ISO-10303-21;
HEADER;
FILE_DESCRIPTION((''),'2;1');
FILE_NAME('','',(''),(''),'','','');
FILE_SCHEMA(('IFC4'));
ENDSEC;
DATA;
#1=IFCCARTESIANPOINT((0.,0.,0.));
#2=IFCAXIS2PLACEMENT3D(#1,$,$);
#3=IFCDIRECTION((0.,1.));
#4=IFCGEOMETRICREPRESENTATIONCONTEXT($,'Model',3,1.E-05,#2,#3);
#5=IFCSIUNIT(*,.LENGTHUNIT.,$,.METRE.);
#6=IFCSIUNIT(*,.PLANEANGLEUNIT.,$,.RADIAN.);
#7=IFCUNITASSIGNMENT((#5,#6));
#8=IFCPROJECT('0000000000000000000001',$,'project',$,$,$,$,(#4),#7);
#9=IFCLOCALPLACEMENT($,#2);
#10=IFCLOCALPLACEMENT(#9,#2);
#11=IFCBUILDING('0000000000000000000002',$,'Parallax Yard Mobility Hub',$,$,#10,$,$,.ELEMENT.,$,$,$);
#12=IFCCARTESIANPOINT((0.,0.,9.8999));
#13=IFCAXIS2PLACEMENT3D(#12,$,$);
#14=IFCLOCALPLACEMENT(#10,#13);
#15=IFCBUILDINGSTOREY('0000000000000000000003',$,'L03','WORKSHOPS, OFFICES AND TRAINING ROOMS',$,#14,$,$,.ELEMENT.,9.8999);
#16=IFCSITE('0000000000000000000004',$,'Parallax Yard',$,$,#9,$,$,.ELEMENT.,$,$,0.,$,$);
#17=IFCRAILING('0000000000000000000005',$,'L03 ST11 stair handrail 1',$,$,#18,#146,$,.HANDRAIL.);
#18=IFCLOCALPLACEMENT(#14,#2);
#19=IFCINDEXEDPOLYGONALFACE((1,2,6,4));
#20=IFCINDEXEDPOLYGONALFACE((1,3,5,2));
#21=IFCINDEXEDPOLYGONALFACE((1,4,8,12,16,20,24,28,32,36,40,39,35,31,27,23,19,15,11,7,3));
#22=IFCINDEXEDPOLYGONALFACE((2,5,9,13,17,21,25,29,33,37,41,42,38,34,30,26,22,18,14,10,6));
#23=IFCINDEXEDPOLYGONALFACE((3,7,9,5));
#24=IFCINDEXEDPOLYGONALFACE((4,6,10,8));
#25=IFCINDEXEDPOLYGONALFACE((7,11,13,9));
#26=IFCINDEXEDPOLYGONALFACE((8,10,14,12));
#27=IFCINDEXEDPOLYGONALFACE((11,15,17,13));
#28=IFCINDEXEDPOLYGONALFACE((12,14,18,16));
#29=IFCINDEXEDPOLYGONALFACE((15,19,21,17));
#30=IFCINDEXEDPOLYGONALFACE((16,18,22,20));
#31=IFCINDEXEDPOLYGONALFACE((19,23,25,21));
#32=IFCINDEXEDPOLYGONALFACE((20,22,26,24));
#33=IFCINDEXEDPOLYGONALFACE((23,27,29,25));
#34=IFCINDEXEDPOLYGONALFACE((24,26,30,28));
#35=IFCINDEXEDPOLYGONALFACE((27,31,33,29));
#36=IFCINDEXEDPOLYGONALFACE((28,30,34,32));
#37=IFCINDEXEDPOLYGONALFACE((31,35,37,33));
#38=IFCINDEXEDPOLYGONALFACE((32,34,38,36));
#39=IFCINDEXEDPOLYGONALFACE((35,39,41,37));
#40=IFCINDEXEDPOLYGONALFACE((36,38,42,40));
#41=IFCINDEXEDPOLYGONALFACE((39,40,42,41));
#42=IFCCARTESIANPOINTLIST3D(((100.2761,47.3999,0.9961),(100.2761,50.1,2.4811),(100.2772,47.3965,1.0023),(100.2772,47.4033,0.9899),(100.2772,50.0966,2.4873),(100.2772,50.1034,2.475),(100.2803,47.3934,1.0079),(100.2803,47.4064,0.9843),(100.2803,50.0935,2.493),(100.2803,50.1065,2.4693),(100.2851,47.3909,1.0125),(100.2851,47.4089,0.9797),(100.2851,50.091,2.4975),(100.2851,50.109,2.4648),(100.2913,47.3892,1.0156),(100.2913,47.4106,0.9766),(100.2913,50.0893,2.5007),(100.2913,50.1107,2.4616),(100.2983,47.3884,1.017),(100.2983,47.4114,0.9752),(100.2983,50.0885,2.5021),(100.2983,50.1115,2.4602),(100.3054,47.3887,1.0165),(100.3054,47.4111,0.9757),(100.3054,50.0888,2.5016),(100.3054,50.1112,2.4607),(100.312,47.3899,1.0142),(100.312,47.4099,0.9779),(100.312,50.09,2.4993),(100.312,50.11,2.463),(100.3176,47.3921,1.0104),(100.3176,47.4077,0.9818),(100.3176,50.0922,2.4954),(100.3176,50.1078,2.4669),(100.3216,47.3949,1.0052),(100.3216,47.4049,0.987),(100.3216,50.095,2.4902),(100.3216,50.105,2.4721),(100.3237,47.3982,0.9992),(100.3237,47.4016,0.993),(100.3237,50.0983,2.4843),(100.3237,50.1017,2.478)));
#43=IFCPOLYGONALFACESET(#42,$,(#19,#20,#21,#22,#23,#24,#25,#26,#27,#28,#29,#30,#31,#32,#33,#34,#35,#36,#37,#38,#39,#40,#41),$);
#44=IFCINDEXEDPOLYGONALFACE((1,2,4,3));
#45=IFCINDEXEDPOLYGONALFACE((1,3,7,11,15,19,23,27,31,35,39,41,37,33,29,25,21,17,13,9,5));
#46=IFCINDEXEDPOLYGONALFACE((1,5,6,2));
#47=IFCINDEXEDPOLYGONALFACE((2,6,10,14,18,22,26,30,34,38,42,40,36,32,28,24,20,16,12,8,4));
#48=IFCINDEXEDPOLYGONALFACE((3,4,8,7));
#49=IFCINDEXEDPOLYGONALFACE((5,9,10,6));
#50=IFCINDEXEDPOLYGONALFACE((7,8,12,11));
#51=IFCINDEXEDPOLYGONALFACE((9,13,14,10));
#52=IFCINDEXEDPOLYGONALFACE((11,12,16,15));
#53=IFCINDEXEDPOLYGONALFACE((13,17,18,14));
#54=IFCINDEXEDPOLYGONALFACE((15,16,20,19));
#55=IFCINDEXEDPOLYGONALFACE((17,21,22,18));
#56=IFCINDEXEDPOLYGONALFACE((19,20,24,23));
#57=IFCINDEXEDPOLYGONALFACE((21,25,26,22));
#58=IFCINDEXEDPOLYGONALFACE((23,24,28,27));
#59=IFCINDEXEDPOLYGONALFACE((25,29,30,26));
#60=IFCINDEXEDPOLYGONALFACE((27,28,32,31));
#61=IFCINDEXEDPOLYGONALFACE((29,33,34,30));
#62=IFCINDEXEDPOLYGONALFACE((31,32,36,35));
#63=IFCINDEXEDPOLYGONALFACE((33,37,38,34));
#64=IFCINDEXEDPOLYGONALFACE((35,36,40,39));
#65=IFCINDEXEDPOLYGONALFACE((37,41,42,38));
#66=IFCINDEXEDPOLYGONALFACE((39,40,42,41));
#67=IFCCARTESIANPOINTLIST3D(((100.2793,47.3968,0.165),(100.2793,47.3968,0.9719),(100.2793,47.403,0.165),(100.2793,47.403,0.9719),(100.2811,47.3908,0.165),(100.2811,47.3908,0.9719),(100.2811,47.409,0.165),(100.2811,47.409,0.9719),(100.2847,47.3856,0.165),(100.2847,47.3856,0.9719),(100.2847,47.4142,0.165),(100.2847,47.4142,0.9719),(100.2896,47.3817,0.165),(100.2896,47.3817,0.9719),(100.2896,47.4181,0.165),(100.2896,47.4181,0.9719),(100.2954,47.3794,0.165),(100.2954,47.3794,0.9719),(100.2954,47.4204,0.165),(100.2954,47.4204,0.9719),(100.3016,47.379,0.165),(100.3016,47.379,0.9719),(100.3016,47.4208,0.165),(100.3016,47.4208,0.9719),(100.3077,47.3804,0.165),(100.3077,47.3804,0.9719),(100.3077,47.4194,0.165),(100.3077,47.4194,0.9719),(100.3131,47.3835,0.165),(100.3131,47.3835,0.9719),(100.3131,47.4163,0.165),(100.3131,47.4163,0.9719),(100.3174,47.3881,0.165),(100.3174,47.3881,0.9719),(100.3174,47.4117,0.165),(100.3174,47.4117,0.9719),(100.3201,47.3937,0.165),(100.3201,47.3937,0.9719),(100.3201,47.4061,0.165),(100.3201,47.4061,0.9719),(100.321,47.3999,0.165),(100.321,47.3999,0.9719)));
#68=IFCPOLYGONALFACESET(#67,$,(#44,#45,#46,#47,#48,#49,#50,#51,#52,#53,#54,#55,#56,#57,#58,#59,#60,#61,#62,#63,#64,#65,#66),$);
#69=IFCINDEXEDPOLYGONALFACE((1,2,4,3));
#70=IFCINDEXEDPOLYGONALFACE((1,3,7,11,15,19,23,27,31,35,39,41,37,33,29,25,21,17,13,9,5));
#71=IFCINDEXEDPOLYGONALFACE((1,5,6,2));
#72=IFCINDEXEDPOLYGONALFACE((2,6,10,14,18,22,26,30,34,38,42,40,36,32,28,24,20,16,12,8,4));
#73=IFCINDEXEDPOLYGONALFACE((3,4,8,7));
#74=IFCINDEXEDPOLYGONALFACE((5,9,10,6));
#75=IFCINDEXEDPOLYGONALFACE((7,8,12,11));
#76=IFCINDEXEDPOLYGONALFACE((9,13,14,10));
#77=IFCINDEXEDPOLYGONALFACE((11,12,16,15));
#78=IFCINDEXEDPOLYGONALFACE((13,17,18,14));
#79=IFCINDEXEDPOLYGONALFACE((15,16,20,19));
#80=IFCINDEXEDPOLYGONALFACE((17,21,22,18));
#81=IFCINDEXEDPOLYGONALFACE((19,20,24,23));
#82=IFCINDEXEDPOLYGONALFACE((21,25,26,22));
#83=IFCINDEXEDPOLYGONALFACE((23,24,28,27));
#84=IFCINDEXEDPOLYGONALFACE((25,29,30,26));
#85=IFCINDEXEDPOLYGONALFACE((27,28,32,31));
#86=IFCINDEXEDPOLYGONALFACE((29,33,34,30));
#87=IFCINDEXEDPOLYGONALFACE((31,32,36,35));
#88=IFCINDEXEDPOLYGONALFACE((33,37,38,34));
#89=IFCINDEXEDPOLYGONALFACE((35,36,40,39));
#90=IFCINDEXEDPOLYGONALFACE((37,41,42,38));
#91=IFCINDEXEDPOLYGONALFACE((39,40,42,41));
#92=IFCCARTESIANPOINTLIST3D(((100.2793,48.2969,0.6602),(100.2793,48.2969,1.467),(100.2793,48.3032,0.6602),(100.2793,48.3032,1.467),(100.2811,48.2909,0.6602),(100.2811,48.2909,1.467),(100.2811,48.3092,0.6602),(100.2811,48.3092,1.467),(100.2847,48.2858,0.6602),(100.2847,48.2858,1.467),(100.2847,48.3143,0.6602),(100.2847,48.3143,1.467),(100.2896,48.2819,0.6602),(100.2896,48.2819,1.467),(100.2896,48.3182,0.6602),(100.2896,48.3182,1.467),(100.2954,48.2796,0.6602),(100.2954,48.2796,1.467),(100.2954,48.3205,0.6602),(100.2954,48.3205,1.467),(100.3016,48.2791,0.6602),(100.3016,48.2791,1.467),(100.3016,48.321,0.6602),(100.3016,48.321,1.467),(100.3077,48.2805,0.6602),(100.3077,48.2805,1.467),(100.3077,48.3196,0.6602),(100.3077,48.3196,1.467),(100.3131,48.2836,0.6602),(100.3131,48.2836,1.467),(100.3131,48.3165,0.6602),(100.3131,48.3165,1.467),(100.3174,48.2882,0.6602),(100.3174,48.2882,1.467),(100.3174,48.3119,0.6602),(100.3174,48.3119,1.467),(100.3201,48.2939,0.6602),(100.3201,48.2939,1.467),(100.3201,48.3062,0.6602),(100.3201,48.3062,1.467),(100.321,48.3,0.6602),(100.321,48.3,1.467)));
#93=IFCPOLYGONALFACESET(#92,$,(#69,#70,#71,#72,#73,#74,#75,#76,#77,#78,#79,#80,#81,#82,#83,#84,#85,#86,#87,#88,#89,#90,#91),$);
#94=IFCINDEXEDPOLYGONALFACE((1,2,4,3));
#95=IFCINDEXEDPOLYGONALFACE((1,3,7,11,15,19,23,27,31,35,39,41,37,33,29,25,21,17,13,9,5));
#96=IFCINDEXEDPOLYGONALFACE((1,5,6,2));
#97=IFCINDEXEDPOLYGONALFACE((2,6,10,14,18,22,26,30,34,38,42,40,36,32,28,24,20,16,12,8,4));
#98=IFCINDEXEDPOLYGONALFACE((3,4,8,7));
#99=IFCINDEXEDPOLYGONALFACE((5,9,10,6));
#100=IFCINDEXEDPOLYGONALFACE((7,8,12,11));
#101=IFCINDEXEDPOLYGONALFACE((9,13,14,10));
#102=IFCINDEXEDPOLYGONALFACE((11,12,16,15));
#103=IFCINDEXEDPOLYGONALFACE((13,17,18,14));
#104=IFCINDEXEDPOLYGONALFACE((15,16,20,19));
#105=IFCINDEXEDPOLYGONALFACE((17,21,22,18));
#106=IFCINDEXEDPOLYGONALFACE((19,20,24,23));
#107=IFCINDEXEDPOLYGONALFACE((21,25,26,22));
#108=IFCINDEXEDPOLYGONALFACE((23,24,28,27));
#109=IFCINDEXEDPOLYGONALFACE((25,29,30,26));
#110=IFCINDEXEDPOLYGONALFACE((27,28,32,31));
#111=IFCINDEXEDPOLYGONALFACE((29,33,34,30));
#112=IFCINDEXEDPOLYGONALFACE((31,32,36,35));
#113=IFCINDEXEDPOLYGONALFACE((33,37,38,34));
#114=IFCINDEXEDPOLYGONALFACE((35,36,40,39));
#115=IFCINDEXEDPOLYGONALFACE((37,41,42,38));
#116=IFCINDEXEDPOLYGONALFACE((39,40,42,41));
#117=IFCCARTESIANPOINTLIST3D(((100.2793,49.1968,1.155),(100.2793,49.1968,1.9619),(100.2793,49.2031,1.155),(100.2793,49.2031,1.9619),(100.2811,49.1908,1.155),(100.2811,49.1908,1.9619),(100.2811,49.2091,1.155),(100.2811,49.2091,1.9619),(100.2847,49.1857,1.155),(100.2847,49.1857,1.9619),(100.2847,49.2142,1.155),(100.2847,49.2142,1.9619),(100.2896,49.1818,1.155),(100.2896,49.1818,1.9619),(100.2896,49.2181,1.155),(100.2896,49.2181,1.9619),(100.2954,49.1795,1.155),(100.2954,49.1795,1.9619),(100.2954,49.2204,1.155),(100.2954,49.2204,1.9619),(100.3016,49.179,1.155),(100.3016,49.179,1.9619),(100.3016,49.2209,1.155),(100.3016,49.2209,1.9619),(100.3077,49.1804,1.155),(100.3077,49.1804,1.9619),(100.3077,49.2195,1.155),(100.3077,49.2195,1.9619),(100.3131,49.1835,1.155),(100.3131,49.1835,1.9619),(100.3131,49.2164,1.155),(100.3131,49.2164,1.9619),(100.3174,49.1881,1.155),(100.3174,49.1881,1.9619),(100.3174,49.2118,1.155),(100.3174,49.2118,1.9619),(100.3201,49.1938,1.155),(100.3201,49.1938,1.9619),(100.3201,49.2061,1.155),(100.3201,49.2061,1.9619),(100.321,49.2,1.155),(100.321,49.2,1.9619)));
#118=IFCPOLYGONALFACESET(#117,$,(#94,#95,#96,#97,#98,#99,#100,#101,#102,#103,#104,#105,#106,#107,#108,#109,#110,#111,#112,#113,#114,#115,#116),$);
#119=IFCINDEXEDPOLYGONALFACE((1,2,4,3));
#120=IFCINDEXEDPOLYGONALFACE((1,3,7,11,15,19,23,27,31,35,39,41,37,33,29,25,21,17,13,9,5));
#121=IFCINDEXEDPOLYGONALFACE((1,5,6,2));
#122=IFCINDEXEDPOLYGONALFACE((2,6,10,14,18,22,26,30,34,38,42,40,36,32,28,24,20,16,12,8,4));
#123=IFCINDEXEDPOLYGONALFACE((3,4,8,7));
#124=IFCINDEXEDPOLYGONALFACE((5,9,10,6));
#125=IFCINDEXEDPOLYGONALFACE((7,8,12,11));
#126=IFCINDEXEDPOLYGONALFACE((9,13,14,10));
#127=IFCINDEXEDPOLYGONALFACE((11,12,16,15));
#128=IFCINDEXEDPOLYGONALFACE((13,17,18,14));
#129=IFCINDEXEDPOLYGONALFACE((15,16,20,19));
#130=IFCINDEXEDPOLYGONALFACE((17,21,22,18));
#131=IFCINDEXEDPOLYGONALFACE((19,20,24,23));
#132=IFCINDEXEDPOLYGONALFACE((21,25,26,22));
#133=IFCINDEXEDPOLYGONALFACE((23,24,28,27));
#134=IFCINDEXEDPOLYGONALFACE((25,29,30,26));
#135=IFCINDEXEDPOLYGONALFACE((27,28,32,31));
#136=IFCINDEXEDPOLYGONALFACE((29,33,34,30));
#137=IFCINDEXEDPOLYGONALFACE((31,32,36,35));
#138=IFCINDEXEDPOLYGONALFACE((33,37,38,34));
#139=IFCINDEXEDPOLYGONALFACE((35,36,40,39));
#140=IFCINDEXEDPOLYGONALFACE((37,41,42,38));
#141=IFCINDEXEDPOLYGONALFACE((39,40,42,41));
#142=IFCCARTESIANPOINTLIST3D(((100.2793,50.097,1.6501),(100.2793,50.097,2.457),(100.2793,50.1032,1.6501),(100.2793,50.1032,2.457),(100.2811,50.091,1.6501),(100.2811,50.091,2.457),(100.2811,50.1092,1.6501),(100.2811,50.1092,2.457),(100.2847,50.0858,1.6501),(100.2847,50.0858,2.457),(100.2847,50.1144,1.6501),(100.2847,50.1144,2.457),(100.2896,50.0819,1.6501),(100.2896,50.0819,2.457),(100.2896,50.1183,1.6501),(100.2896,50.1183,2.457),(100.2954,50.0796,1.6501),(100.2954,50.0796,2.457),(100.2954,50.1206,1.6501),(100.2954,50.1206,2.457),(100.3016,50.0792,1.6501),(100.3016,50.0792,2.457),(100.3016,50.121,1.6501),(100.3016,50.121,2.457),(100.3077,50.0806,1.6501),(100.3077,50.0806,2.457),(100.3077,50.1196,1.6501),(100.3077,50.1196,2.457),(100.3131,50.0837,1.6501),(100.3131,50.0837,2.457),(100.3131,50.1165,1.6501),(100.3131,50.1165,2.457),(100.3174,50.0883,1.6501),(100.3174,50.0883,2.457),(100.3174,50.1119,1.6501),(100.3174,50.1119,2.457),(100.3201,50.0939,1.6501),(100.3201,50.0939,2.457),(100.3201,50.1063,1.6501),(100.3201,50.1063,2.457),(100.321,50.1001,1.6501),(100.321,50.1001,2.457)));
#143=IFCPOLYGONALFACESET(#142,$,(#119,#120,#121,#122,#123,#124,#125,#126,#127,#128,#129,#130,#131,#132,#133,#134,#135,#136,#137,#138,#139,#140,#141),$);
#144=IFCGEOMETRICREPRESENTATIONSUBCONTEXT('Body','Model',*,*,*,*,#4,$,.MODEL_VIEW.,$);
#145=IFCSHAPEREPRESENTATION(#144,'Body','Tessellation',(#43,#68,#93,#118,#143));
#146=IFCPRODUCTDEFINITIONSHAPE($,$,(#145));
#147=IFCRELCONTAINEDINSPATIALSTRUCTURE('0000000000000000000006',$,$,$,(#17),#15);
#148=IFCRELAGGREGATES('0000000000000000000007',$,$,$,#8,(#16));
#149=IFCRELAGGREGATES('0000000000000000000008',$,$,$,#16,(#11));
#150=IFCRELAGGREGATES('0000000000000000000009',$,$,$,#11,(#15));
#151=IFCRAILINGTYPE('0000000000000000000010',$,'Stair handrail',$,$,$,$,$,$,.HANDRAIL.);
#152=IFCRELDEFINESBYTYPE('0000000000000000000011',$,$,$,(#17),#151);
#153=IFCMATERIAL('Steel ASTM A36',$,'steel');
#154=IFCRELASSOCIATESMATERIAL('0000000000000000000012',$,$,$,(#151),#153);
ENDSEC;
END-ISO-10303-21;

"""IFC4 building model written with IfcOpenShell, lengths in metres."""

from ifc_helpers import new_model, si_unit, direction, frame, origin, origin_2d, place, context, subcontext, project, spatial, circle, extrude, material, type_object, element, save


model = new_model("IFC4")

# Units and contexts
model_context = context("Model", 3, precision=1e-05, world=origin(), true_north=direction((0.0, 1.0)))
body_context = subcontext(model_context, "Body", "Model", "MODEL_VIEW")
ifc_project = project(units=[si_unit("LENGTHUNIT", "METRE"), si_unit("PLANEANGLEUNIT", "RADIAN")], contexts=[model_context])

# Site, building, storey
site_placement = place(None, origin())
site = spatial("IfcSite", under=ifc_project, at=site_placement, Name="Parallax Yard", CompositionType="ELEMENT", RefElevation=0.0)
building_placement = place(site_placement, origin())
building = spatial("IfcBuilding", under=site, at=building_placement, Name="Parallax Yard Mobility Hub", CompositionType="ELEMENT")
storey_placement = place(building_placement, frame((0.0, 0.0, 9.8999)))
storey = spatial("IfcBuildingStorey", under=building, at=storey_placement, Name="L03", Description="WORKSHOPS, OFFICES AND TRAINING ROOMS", CompositionType="ELEMENT", Elevation=9.8999)

# Railing
ifc_material_1 = material(Name="Steel ASTM A36", Category="steel")
railing_type_1 = type_object("IfcRailingType", Name="Stair handrail", PredefinedType="HANDRAIL", material=ifc_material_1)
railing_1_placement = place(storey_placement, frame((100.3, 47.3999, 0.165)))
element("IfcRailing", 1, at=railing_1_placement, inside=storey, type_object=railing_type_1, Name="L03 ST11 stair handrail 1", PredefinedType="HANDRAIL", context=body_context, shape_type="SweptSolid", body=[
    extrude(circle(Radius=0.0239, at=origin_2d()), frame((0.0, 0.0, 0.8311), z_axis=(0.0, 0.876216, 0.481919), x_axis=(-1.0, 0.0, 0.0)), (0.0, 0.0, 1.0), 3.0815),
    extrude(circle(Radius=0.021, at=origin_2d()), origin(), (0.0, 0.0, 1.0), 0.8069),
    extrude(circle(Radius=0.021, at=origin_2d()), frame((0.0, 0.9001, 0.4951)), (0.0, 0.0, 1.0), 0.8069),
    extrude(circle(Radius=0.021, at=origin_2d()), frame((0.0, 1.8, 0.99)), (0.0, 0.0, 1.0), 0.8069),
    extrude(circle(Radius=0.021, at=origin_2d()), frame((0.0, 2.7002, 1.4851)), (0.0, 0.0, 1.0), 0.8069),
])

save(model, "model.ifc")
